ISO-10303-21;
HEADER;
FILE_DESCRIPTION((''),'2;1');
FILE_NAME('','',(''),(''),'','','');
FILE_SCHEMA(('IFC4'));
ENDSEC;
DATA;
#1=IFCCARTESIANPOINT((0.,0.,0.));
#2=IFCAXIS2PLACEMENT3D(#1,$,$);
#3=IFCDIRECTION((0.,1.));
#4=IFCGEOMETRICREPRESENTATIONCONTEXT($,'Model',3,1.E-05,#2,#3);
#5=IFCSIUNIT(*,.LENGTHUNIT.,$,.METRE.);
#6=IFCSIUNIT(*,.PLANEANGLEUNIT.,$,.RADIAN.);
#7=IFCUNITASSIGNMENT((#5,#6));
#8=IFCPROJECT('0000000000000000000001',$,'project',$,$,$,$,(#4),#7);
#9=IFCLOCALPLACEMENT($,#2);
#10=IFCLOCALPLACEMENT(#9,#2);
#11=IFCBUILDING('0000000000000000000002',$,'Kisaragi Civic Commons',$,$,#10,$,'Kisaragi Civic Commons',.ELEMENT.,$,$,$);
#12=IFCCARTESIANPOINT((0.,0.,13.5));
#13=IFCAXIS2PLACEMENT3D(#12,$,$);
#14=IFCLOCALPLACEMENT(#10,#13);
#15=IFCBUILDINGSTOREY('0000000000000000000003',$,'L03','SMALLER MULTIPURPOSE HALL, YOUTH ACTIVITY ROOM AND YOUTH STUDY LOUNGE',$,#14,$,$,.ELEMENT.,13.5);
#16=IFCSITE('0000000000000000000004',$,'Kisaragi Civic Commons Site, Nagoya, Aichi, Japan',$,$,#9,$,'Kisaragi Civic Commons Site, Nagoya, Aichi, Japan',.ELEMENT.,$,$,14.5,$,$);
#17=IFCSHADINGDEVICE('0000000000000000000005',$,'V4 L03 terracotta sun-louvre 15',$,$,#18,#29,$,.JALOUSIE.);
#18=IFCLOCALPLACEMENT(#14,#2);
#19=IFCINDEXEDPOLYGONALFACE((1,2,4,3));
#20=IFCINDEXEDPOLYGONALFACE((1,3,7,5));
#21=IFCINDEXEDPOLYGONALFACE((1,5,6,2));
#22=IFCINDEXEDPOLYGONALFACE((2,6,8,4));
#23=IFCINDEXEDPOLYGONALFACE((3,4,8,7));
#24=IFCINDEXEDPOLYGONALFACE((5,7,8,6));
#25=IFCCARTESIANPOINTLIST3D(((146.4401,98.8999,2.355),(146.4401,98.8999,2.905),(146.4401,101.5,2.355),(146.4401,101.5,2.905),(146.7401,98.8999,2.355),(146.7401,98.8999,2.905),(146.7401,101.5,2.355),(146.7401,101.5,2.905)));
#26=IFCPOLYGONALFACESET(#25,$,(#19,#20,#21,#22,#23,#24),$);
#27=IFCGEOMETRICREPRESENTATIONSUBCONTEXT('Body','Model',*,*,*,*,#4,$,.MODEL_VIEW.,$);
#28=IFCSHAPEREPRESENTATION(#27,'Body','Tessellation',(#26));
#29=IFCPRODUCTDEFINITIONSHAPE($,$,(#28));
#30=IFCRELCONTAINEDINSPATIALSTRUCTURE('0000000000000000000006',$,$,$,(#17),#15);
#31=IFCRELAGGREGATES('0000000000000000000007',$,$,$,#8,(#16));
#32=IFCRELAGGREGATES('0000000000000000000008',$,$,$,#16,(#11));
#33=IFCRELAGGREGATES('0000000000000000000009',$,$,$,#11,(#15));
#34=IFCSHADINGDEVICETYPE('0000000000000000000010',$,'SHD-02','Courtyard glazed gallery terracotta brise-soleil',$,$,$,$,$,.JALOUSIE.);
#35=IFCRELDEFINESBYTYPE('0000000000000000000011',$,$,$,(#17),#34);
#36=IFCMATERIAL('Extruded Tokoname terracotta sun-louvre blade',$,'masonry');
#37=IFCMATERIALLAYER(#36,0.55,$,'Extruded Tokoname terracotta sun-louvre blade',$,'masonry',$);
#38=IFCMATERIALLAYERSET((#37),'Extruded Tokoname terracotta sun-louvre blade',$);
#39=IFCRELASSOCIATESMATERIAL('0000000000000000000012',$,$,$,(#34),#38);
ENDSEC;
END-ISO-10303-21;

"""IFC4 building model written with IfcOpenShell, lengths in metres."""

from ifc_helpers import new_model, si_unit, direction, frame, origin, origin_2d, place, context, subcontext, project, spatial, rectangle, extrude, material, layer, layer_set, type_object, element, save


model = new_model("IFC4")

# Units and contexts
model_context = context("Model", 3, precision=1e-05, world=origin(), true_north=direction((0.0, 1.0)))
body_context = subcontext(model_context, "Body", "Model", "MODEL_VIEW")
ifc_project = project(units=[si_unit("LENGTHUNIT", "METRE"), si_unit("PLANEANGLEUNIT", "RADIAN")], contexts=[model_context])

# Site, building, storey
site_placement = place(None, origin())
site = spatial("IfcSite", under=ifc_project, at=site_placement, Name="Kisaragi Civic Commons Site, Nagoya, Aichi, Japan", LongName="Kisaragi Civic Commons Site, Nagoya, Aichi, Japan", CompositionType="ELEMENT", RefElevation=14.5)
building_placement = place(site_placement, origin())
building = spatial("IfcBuilding", under=site, at=building_placement, Name="Kisaragi Civic Commons", LongName="Kisaragi Civic Commons", CompositionType="ELEMENT")
storey_placement = place(building_placement, frame((0.0, 0.0, 13.5)))
storey = spatial("IfcBuildingStorey", under=building, at=storey_placement, Name="L03", Description="SMALLER MULTIPURPOSE HALL, YOUTH ACTIVITY ROOM AND YOUTH STUDY LOUNGE", CompositionType="ELEMENT", Elevation=13.5)

# Shading device
ifc_material_1 = material(Name="Extruded Tokoname terracotta sun-louvre blade", Category="masonry")
ifc_layer_1 = layer(ifc_material_1, 0.55, Name="Extruded Tokoname terracotta sun-louvre blade", Category="masonry")
ifc_layer_set_1 = layer_set([ifc_layer_1], Name="Extruded Tokoname terracotta sun-louvre blade")
shading_device_type = type_object("IfcShadingDeviceType", Name="SHD-02", Description="Courtyard glazed gallery terracotta brise-soleil", PredefinedType="JALOUSIE", material=ifc_layer_set_1)
shading_device_placement = place(storey_placement, frame((146.5901, 100.2, 2.355), z_axis=(0.0, 0.0, 1.0), x_axis=(0.0, -1.0, 0.0)))
element("IfcShadingDevice", 1, at=shading_device_placement, inside=storey, type_object=shading_device_type, Name="V4 L03 terracotta sun-louvre 15", PredefinedType="JALOUSIE", context=body_context, shape_type="SweptSolid", body=[
    extrude(rectangle(XDim=2.6001, YDim=0.3, at=origin_2d()), origin(), (0.0, 0.0, 1.0), 0.55),
])

save(model, "model.ifc")
